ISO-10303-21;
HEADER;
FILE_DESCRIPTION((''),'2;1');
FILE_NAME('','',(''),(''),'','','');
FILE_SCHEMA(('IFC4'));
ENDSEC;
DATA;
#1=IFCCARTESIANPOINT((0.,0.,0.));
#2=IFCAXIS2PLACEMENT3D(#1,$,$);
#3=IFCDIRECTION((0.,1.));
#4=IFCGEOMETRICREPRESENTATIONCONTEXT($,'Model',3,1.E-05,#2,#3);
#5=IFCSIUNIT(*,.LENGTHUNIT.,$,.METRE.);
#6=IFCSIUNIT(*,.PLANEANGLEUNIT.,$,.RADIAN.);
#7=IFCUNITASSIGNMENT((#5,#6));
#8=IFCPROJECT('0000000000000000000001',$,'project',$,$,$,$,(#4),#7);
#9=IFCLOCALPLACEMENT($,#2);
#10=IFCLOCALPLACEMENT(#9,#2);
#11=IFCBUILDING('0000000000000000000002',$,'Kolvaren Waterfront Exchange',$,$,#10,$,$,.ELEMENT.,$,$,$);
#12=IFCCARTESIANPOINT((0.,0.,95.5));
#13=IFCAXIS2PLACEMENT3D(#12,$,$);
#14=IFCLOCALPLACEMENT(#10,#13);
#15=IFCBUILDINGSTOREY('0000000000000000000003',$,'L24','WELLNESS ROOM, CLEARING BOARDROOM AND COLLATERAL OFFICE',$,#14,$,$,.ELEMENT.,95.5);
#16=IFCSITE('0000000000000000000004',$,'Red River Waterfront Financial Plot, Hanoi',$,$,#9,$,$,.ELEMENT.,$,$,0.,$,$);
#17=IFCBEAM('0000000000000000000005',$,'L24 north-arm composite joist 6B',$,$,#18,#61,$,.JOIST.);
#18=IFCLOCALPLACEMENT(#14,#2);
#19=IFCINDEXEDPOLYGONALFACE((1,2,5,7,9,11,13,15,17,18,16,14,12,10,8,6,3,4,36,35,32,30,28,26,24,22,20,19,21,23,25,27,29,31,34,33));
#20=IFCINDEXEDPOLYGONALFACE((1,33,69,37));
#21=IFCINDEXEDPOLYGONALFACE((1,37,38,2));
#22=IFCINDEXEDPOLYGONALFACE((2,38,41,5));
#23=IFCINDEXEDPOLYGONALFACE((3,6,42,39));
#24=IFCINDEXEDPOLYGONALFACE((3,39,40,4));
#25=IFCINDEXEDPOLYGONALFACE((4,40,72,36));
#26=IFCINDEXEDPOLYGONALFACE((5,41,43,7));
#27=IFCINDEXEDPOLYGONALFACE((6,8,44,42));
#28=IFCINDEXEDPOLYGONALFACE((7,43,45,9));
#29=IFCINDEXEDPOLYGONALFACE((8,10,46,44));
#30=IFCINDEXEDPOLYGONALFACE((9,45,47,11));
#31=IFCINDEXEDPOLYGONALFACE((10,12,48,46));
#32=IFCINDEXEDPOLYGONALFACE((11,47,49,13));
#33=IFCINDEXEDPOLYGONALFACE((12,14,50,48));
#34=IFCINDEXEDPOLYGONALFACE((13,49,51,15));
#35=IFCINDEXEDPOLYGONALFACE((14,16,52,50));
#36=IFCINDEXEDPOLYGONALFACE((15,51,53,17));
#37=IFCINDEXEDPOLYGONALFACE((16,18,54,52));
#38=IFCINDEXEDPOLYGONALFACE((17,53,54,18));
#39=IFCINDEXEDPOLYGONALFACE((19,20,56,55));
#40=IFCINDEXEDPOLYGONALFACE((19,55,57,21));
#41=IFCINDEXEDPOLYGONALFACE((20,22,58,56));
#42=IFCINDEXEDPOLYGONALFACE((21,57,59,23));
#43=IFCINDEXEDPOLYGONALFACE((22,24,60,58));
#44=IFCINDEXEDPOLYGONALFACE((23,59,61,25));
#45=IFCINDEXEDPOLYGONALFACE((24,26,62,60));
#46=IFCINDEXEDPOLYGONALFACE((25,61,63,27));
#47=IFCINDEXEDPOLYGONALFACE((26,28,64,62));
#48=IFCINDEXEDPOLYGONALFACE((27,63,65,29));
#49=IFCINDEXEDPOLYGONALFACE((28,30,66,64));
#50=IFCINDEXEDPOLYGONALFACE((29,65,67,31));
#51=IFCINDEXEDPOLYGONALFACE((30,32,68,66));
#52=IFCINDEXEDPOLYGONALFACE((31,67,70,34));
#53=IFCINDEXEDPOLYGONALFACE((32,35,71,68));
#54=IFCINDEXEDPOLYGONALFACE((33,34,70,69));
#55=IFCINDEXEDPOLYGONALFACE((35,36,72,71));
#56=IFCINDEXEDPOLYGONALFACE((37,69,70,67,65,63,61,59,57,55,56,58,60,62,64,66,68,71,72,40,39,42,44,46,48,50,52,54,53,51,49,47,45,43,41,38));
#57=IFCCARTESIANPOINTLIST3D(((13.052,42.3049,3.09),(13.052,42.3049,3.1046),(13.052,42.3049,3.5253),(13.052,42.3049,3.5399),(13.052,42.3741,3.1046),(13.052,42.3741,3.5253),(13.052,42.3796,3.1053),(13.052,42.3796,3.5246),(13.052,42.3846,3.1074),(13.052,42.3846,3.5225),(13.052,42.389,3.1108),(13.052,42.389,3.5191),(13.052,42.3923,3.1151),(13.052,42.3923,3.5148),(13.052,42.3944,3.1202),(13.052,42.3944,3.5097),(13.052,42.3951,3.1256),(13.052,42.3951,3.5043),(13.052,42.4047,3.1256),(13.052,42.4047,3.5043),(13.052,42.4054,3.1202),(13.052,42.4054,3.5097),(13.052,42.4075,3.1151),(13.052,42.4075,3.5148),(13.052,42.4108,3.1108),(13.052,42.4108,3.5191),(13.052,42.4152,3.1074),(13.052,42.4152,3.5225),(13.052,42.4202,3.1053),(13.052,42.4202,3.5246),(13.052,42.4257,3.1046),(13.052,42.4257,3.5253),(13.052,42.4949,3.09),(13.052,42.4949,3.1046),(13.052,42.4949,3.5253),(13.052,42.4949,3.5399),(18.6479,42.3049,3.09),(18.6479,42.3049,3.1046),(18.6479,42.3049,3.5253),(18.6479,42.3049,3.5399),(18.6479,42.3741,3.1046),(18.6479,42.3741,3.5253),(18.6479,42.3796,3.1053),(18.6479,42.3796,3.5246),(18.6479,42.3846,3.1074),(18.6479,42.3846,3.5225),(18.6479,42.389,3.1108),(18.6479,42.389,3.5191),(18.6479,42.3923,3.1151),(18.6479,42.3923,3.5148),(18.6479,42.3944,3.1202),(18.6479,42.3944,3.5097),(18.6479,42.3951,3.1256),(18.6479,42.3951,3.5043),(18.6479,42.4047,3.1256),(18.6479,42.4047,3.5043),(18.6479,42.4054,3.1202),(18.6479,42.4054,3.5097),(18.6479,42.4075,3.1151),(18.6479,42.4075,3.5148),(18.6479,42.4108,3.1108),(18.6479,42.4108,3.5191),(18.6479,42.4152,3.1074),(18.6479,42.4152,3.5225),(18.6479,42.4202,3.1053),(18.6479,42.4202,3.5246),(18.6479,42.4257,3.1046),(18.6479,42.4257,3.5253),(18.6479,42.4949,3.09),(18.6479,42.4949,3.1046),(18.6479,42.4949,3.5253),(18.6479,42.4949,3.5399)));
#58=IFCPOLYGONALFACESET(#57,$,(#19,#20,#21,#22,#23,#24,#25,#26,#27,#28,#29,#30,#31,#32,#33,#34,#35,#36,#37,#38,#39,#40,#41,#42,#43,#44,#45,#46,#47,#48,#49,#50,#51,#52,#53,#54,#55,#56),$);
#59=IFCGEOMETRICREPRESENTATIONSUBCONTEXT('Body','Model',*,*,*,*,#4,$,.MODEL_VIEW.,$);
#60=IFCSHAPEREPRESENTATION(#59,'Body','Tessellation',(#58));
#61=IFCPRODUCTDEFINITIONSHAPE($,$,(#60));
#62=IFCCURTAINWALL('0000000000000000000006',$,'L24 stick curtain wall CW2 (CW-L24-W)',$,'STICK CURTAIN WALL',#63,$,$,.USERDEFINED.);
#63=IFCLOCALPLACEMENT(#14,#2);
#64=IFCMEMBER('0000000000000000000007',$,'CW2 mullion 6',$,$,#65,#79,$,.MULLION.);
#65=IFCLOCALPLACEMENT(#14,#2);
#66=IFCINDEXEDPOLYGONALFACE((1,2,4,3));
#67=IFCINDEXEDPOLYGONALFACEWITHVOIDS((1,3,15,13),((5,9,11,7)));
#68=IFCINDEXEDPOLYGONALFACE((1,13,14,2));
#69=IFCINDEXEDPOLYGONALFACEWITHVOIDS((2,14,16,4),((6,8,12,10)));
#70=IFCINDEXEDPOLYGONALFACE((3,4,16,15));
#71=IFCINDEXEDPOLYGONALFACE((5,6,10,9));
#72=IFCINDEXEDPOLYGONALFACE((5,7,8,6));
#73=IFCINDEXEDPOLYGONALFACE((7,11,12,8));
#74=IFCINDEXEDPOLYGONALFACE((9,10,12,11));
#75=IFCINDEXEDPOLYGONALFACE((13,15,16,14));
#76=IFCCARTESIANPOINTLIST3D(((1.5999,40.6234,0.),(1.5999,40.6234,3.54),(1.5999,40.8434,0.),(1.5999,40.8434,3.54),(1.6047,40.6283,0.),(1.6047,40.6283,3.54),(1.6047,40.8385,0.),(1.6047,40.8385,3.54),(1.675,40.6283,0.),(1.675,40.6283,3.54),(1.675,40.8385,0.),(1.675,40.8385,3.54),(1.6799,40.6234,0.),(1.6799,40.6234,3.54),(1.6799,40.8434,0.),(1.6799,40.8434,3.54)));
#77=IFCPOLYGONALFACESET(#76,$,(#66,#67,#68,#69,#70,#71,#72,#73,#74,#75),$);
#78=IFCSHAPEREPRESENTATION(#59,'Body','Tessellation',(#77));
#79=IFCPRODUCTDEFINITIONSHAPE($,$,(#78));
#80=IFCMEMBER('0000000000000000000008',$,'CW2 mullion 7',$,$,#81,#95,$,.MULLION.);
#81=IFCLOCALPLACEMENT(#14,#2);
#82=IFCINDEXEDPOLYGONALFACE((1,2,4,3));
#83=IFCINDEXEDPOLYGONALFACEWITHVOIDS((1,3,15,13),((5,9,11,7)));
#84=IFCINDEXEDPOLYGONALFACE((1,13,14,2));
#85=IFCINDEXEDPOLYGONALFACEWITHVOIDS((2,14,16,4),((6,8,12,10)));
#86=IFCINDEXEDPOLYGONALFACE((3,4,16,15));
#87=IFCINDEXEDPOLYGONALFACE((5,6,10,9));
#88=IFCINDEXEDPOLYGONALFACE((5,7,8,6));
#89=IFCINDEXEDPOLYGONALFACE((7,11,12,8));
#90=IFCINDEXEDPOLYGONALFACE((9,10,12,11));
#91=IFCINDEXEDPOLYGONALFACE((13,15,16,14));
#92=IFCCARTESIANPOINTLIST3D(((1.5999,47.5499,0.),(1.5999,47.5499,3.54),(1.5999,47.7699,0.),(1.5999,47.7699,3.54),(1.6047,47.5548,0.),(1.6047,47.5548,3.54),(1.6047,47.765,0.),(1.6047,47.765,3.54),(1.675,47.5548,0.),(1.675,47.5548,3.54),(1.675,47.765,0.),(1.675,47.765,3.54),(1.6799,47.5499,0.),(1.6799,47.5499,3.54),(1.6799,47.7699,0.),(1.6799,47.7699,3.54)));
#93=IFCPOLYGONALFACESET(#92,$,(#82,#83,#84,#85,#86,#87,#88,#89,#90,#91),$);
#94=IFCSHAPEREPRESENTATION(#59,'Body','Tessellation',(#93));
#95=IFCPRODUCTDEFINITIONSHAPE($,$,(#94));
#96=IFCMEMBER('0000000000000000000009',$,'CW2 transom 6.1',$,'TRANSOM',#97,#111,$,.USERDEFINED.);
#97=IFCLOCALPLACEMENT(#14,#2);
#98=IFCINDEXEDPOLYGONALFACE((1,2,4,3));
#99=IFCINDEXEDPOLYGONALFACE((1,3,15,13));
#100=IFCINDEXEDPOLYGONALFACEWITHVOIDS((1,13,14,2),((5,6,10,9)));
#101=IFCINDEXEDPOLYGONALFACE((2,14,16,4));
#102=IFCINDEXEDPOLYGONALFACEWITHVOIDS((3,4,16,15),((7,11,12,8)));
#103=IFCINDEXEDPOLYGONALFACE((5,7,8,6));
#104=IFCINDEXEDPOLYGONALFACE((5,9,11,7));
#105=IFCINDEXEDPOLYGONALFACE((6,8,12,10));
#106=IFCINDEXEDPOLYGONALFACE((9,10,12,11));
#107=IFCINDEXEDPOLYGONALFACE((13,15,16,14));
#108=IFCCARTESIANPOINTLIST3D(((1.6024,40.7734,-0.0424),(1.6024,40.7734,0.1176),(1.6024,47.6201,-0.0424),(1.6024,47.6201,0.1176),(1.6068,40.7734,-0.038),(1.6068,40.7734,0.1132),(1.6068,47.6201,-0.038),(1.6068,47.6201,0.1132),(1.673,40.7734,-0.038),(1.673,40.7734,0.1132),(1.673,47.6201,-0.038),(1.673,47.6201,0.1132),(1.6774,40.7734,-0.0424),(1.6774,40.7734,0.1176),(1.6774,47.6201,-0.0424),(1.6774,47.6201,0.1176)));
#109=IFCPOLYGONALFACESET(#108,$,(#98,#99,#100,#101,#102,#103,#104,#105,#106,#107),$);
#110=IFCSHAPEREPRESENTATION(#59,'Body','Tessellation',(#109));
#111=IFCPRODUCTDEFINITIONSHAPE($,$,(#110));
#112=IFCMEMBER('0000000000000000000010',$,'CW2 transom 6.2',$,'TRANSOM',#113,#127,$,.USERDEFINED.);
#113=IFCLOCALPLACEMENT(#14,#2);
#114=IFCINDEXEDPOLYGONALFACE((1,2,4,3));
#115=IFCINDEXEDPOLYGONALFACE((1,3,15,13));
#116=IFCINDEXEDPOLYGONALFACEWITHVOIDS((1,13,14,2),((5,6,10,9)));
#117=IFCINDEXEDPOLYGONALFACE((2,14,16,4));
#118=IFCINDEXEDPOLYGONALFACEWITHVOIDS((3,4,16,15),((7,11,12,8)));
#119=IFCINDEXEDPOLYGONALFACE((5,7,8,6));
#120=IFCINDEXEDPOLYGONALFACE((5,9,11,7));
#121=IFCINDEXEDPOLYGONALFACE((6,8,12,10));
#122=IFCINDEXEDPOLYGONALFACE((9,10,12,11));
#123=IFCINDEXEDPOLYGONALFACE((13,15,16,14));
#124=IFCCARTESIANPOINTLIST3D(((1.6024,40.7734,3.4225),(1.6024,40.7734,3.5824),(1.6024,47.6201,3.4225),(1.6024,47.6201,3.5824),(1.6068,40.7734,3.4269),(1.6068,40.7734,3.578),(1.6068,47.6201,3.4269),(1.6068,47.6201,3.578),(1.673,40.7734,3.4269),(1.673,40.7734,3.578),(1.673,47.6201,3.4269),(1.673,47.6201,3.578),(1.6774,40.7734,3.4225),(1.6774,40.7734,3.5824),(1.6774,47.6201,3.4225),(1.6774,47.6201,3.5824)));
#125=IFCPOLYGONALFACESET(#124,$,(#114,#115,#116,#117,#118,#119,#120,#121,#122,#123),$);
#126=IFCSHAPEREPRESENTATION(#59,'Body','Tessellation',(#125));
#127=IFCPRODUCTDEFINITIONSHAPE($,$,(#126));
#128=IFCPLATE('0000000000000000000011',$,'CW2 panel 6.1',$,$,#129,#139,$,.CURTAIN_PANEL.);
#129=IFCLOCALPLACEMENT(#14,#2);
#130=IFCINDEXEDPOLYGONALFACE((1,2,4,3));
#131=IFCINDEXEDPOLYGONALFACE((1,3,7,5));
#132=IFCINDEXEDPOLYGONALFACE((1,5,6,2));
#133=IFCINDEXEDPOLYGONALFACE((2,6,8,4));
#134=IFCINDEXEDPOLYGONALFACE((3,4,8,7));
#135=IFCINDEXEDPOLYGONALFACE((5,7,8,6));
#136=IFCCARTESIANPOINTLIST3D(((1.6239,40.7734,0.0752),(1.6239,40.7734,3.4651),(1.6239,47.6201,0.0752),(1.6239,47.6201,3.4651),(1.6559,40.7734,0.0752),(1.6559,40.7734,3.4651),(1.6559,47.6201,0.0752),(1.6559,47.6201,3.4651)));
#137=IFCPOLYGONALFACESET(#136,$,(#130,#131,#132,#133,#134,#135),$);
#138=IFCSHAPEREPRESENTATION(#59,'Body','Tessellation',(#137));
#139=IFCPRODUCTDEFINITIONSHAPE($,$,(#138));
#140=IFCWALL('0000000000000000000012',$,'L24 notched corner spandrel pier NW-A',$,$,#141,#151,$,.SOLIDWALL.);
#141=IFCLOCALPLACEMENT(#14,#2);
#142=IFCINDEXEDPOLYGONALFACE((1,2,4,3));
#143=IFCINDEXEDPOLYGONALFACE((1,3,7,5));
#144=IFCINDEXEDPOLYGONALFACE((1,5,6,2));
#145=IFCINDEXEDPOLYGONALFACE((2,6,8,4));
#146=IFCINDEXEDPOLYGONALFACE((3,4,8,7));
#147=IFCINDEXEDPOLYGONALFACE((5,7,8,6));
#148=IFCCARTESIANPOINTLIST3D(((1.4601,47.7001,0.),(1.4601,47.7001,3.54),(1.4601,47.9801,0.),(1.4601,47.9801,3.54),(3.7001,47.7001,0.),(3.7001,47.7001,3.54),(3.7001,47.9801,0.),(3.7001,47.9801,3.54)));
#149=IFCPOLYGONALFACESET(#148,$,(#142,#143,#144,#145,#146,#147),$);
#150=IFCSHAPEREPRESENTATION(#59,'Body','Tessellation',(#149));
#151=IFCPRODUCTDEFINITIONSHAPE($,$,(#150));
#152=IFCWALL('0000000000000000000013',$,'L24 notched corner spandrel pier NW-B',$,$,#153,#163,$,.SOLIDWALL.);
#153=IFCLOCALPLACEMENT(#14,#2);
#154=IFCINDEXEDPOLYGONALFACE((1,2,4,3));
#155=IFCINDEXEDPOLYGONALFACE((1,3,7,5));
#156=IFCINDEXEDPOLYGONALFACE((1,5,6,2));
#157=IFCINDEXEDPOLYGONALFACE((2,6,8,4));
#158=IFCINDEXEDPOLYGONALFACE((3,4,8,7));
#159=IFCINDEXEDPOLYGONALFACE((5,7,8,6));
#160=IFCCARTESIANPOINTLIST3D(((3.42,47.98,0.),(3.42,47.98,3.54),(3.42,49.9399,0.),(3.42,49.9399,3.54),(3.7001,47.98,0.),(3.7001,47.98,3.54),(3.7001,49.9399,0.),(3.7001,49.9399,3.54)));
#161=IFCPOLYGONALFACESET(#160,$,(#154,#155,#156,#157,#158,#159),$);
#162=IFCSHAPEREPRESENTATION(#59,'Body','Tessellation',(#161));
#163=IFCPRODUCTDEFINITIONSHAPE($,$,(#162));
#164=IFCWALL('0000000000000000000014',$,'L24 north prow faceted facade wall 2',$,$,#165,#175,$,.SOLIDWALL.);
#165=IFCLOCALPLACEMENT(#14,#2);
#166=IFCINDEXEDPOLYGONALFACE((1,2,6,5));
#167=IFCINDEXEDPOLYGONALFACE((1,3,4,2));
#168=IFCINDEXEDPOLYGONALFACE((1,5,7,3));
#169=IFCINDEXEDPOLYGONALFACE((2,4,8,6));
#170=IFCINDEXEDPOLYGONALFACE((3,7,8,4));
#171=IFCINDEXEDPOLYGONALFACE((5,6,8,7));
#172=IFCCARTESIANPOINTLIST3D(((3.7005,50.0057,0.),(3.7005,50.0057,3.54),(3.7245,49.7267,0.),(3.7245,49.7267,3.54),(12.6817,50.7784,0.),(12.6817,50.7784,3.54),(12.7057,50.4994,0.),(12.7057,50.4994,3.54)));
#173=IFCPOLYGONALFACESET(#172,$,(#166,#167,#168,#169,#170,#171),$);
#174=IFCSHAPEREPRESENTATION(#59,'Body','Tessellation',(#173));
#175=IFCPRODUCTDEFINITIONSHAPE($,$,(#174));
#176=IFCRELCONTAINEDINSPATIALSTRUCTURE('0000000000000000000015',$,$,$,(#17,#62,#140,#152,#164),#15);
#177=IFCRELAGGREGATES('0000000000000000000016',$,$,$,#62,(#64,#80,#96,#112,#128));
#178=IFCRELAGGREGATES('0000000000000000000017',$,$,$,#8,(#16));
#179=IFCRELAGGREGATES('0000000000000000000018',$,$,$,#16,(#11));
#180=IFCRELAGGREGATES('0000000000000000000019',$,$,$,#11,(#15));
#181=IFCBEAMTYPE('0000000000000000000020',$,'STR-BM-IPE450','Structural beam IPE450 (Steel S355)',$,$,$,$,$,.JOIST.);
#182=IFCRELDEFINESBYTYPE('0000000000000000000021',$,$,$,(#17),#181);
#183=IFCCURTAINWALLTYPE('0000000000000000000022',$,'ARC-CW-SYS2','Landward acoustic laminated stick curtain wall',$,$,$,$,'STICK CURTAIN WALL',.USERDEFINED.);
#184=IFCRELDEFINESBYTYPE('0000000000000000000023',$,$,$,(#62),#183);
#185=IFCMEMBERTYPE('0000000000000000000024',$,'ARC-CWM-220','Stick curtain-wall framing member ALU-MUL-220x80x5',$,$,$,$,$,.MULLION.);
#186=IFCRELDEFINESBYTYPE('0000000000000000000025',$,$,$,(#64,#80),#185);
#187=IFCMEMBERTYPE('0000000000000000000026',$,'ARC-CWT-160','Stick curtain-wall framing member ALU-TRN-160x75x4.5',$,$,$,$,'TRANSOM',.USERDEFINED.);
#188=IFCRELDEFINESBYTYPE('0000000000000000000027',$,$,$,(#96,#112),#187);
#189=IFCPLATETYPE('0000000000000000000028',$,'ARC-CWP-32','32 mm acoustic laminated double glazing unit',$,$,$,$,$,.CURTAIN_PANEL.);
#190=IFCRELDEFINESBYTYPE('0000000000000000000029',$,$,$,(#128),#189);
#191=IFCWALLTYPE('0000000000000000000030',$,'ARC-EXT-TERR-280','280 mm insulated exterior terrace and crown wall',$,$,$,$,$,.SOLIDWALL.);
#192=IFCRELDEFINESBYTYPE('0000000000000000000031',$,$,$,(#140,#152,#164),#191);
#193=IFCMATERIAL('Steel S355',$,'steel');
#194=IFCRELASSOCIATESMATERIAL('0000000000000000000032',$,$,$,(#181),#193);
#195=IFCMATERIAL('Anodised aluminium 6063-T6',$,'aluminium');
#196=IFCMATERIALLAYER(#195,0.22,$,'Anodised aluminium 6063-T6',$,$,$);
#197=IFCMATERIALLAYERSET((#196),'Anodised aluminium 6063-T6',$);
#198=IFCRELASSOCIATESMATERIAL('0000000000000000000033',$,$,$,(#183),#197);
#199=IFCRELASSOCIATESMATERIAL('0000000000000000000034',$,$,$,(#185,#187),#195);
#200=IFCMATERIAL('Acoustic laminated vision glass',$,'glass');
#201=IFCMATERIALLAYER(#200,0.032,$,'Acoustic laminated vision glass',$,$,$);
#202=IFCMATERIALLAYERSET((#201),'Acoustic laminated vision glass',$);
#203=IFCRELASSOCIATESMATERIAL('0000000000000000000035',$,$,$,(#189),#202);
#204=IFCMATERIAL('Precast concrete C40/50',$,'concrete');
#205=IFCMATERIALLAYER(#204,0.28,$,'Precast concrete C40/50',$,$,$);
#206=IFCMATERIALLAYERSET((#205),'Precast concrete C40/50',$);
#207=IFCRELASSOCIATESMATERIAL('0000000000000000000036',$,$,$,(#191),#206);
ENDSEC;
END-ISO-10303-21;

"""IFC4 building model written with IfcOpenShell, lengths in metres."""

from ifc_helpers import new_model, si_unit, direction, frame, frame_2d, origin, origin_with_axes, origin_2d, place, context, subcontext, project, spatial, rectangle, hollow_rectangle, i_section, extrude, source, transform, mapped, material, layer, layer_set, material_profile, profile_set, type_object, element, aggregate, save


model = new_model("IFC4")

# Units and contexts
model_context = context("Model", 3, precision=1e-05, world=origin(), true_north=direction((0.0, 1.0)))
body_context = subcontext(model_context, "Body", "Model", "MODEL_VIEW")
ifc_project = project(units=[si_unit("LENGTHUNIT", "METRE"), si_unit("PLANEANGLEUNIT", "RADIAN")], contexts=[model_context])

# Site, building, storey
site_placement = place(None, origin())
site = spatial("IfcSite", under=ifc_project, at=site_placement, Name="Red River Waterfront Financial Plot, Hanoi", CompositionType="ELEMENT", RefElevation=0.0)
building_placement = place(site_placement, origin())
building = spatial("IfcBuilding", under=site, at=building_placement, Name="Kolvaren Waterfront Exchange", CompositionType="ELEMENT")
storey_placement = place(building_placement, frame((0.0, 0.0, 95.5)))
storey = spatial("IfcBuildingStorey", under=building, at=storey_placement, Name="L24", Description="WELLNESS ROOM, CLEARING BOARDROOM AND COLLATERAL OFFICE", CompositionType="ELEMENT", Elevation=95.5)

# Beam
ifc_material_1 = material(Name="Steel S355", Category="steel")
ifc_material_profile_1 = material_profile(ifc_material_1, i_section(OverallWidth=0.1899, OverallDepth=0.45, WebThickness=0.0095, FlangeThickness=0.0146, FilletRadius=0.021, at=origin_2d()), Name="IPE450")
ifc_profile_set_1 = profile_set([ifc_material_profile_1], Name="Steel S355")
beam_type_1 = type_object("IfcBeamType", Name="STR-BM-IPE450", Description="Structural beam IPE450 (Steel S355)", PredefinedType="JOIST", material=ifc_profile_set_1)
beam_1_placement = place(storey_placement, frame((13.052, 42.3999, 3.3149), z_axis=(1.0, 0.0, 0.0), x_axis=(0.0, 1.0, 0.0)))
element("IfcBeam", 1, at=beam_1_placement, inside=storey, type_object=beam_type_1, Name="L24 north-arm composite joist 6B", PredefinedType="JOIST", context=body_context, shape_type="SweptSolid", body=[
    extrude(i_section(OverallWidth=0.1899, OverallDepth=0.45, WebThickness=0.0095, FlangeThickness=0.0146, FilletRadius=0.021, at=origin_2d()), origin(), (0.0, 0.0, 1.0), 5.5959),
])

# Curtain wall, members, plate
ifc_material_2 = material(Name="Anodised aluminium 6063-T6", Category="aluminium")
ifc_layer_1 = layer(ifc_material_2, 0.22, Name="Anodised aluminium 6063-T6")
ifc_layer_set_1 = layer_set([ifc_layer_1], Name="Anodised aluminium 6063-T6")
curtain_wall_type = type_object("IfcCurtainWallType", Name="ARC-CW-SYS2", Description="Landward acoustic laminated stick curtain wall", ElementType="STICK CURTAIN WALL", PredefinedType="USERDEFINED", material=ifc_layer_set_1)
curtain_wall_placement = place(storey_placement, origin())
curtain_wall = element("IfcCurtainWall", 2, at=curtain_wall_placement, inside=storey, type_object=curtain_wall_type, Name="L24 stick curtain wall CW2 (CW-L24-W)", ObjectType="STICK CURTAIN WALL", PredefinedType="USERDEFINED")
ifc_material_profile_2 = material_profile(ifc_material_2, hollow_rectangle(XDim=0.0801, YDim=0.22, WallThickness=0.0049, at=origin_2d()), Name="ALU-MUL-220x80x5")
ifc_profile_set_2 = profile_set([ifc_material_profile_2], Name="Anodised aluminium 6063-T6")
member_type_1 = type_object("IfcMemberType", Name="ARC-CWM-220", Description="Stick curtain-wall framing member ALU-MUL-220x80x5", PredefinedType="MULLION", material=ifc_profile_set_2)
shared_shape_1 = source(origin_with_axes(), body_context, "Body", "SweptSolid", [
    extrude(hollow_rectangle(XDim=0.0801, YDim=0.22, WallThickness=0.0049, at=origin_2d()), origin(), (0.0, 0.0, 1.0), 3.54),
])
member_1_placement = place(storey_placement, frame((1.6399, 40.7334, 0.0), z_axis=(0.0, 0.0, 1.0), x_axis=(-1.0, 0.0, 0.0)))
member_1 = element("IfcMember", 3, at=member_1_placement, type_object=member_type_1, Name="CW2 mullion 6", PredefinedType="MULLION", context=body_context, shape_type="MappedRepresentation", body=[
    mapped(shared_shape_1, transform((0.0, 0.0, 0.0), x_axis=(1.0, 0.0, 0.0), y_axis=(0.0, 1.0, 0.0), z_axis=(0.0, 0.0, 1.0), scale=1.0)),
])
member_2_placement = place(storey_placement, frame((1.6399, 47.6599, 0.0), z_axis=(0.0, 0.0, 1.0), x_axis=(-1.0, 0.0, 0.0)))
member_2 = element("IfcMember", 4, at=member_2_placement, type_object=member_type_1, Name="CW2 mullion 7", PredefinedType="MULLION", context=body_context, shape_type="MappedRepresentation", body=[
    mapped(shared_shape_1, transform((0.0, 0.0, 0.0), x_axis=(1.0, 0.0, 0.0), y_axis=(0.0, 1.0, 0.0), z_axis=(0.0, 0.0, 1.0), scale=1.0)),
])
ifc_material_profile_3 = material_profile(ifc_material_2, hollow_rectangle(XDim=0.075, YDim=0.1599, WallThickness=0.0044, at=origin_2d()), Name="ALU-TRN-160x75x4.5")
ifc_profile_set_3 = profile_set([ifc_material_profile_3], Name="Anodised aluminium 6063-T6")
member_type_2 = type_object("IfcMemberType", Name="ARC-CWT-160", Description="Stick curtain-wall framing member ALU-TRN-160x75x4.5", ElementType="TRANSOM", PredefinedType="USERDEFINED", material=ifc_profile_set_3)
shared_shape_2 = source(origin_with_axes(), body_context, "Body", "SweptSolid", [
    extrude(hollow_rectangle(XDim=0.075, YDim=0.1599, WallThickness=0.0044, at=origin_2d()), origin(), (0.0, 0.0, 1.0), 6.8467),
])
member_3_placement = place(storey_placement, frame((1.6399, 40.7734, 0.0376), z_axis=(0.0, 1.0, 0.0), x_axis=(-1.0, 0.0, 0.0)))
member_3 = element("IfcMember", 5, at=member_3_placement, type_object=member_type_2, Name="CW2 transom 6.1", ObjectType="TRANSOM", PredefinedType="USERDEFINED", context=body_context, shape_type="MappedRepresentation", body=[
    mapped(shared_shape_2, transform((0.0, 0.0, 0.0), x_axis=(1.0, 0.0, 0.0), y_axis=(0.0, 1.0, 0.0), z_axis=(0.0, 0.0, 1.0), scale=1.0)),
])
member_4_placement = place(storey_placement, frame((1.6399, 40.7734, 3.5024), z_axis=(0.0, 1.0, 0.0), x_axis=(-1.0, 0.0, 0.0)))
member_4 = element("IfcMember", 6, at=member_4_placement, type_object=member_type_2, Name="CW2 transom 6.2", ObjectType="TRANSOM", PredefinedType="USERDEFINED", context=body_context, shape_type="MappedRepresentation", body=[
    mapped(shared_shape_2, transform((0.0, 0.0, 0.0), x_axis=(1.0, 0.0, 0.0), y_axis=(0.0, 1.0, 0.0), z_axis=(0.0, 0.0, 1.0), scale=1.0)),
])
ifc_material_3 = material(Name="Acoustic laminated vision glass", Category="glass")
ifc_layer_2 = layer(ifc_material_3, 0.032, Name="Acoustic laminated vision glass")
ifc_layer_set_2 = layer_set([ifc_layer_2], Name="Acoustic laminated vision glass")
plate_type = type_object("IfcPlateType", Name="ARC-CWP-32", Description="32 mm acoustic laminated double glazing unit", PredefinedType="CURTAIN_PANEL", material=ifc_layer_set_2)
shared_shape_3 = source(origin_with_axes(), body_context, "Body", "SweptSolid", [
    extrude(rectangle(XDim=6.8467, YDim=0.032, at=origin_2d()), origin(), (0.0, 0.0, 1.0), 3.3899),
])
plate_placement = place(storey_placement, frame((1.6399, 44.1968, 0.0752), z_axis=(0.0, 0.0, 1.0), x_axis=(0.0, 1.0, 0.0)))
plate = element("IfcPlate", 7, at=plate_placement, type_object=plate_type, Name="CW2 panel 6.1", PredefinedType="CURTAIN_PANEL", context=body_context, shape_type="MappedRepresentation", body=[
    mapped(shared_shape_3, transform((0.0, 0.0, 0.0), x_axis=(1.0, 0.0, 0.0), y_axis=(0.0, 1.0, 0.0), z_axis=(0.0, 0.0, 1.0), scale=1.0)),
])
aggregate(curtain_wall, [member_1, member_2, member_3, member_4, plate])

# Walls
ifc_material_4 = material(Name="Precast concrete C40/50", Category="concrete")
ifc_layer_3 = layer(ifc_material_4, 0.28, Name="Precast concrete C40/50")
ifc_layer_set_3 = layer_set([ifc_layer_3], Name="Precast concrete C40/50")
wall_type_1 = type_object("IfcWallType", Name="ARC-EXT-TERR-280", Description="280 mm insulated exterior terrace and crown wall", PredefinedType="SOLIDWALL", material=ifc_layer_set_3)
wall_1_placement = place(storey_placement, frame((1.46, 47.8401, 0.0), z_axis=(0.0, 0.0, 1.0), x_axis=(1.0, 0.0, 0.0)))
element("IfcWall", 8, at=wall_1_placement, inside=storey, type_object=wall_type_1, Name="L24 notched corner spandrel pier NW-A", PredefinedType="SOLIDWALL", context=body_context, shape_type="SweptSolid", body=[
    extrude(rectangle(XDim=2.24, YDim=0.28, at=frame_2d((1.1201, 0.0))), origin(), (0.0, 0.0, 1.0), 3.54),
])
wall_2_placement = place(storey_placement, frame((3.5601, 47.98, 0.0), z_axis=(0.0, 0.0, 1.0), x_axis=(0.0, 1.0, 0.0)))
element("IfcWall", 9, at=wall_2_placement, inside=storey, type_object=wall_type_1, Name="L24 notched corner spandrel pier NW-B", PredefinedType="SOLIDWALL", context=body_context, shape_type="SweptSolid", body=[
    extrude(rectangle(XDim=1.96, YDim=0.28, at=frame_2d((0.98, 0.0))), origin(), (0.0, 0.0, 1.0), 3.54),
])
wall_3_placement = place(storey_placement, frame((12.6938, 50.6389, 0.0), z_axis=(0.0, 0.0, 1.0), x_axis=(-0.996319, -0.085719, 0.0)))
element("IfcWall", 10, at=wall_3_placement, inside=storey, type_object=wall_type_1, Name="L24 north prow faceted facade wall 2", PredefinedType="SOLIDWALL", context=body_context, shape_type="SweptSolid", body=[
    extrude(rectangle(XDim=9.0144, YDim=0.28, at=frame_2d((4.5073, 0.0))), origin(), (0.0, 0.0, 1.0), 3.54),
])

save(model, "model.ifc")
